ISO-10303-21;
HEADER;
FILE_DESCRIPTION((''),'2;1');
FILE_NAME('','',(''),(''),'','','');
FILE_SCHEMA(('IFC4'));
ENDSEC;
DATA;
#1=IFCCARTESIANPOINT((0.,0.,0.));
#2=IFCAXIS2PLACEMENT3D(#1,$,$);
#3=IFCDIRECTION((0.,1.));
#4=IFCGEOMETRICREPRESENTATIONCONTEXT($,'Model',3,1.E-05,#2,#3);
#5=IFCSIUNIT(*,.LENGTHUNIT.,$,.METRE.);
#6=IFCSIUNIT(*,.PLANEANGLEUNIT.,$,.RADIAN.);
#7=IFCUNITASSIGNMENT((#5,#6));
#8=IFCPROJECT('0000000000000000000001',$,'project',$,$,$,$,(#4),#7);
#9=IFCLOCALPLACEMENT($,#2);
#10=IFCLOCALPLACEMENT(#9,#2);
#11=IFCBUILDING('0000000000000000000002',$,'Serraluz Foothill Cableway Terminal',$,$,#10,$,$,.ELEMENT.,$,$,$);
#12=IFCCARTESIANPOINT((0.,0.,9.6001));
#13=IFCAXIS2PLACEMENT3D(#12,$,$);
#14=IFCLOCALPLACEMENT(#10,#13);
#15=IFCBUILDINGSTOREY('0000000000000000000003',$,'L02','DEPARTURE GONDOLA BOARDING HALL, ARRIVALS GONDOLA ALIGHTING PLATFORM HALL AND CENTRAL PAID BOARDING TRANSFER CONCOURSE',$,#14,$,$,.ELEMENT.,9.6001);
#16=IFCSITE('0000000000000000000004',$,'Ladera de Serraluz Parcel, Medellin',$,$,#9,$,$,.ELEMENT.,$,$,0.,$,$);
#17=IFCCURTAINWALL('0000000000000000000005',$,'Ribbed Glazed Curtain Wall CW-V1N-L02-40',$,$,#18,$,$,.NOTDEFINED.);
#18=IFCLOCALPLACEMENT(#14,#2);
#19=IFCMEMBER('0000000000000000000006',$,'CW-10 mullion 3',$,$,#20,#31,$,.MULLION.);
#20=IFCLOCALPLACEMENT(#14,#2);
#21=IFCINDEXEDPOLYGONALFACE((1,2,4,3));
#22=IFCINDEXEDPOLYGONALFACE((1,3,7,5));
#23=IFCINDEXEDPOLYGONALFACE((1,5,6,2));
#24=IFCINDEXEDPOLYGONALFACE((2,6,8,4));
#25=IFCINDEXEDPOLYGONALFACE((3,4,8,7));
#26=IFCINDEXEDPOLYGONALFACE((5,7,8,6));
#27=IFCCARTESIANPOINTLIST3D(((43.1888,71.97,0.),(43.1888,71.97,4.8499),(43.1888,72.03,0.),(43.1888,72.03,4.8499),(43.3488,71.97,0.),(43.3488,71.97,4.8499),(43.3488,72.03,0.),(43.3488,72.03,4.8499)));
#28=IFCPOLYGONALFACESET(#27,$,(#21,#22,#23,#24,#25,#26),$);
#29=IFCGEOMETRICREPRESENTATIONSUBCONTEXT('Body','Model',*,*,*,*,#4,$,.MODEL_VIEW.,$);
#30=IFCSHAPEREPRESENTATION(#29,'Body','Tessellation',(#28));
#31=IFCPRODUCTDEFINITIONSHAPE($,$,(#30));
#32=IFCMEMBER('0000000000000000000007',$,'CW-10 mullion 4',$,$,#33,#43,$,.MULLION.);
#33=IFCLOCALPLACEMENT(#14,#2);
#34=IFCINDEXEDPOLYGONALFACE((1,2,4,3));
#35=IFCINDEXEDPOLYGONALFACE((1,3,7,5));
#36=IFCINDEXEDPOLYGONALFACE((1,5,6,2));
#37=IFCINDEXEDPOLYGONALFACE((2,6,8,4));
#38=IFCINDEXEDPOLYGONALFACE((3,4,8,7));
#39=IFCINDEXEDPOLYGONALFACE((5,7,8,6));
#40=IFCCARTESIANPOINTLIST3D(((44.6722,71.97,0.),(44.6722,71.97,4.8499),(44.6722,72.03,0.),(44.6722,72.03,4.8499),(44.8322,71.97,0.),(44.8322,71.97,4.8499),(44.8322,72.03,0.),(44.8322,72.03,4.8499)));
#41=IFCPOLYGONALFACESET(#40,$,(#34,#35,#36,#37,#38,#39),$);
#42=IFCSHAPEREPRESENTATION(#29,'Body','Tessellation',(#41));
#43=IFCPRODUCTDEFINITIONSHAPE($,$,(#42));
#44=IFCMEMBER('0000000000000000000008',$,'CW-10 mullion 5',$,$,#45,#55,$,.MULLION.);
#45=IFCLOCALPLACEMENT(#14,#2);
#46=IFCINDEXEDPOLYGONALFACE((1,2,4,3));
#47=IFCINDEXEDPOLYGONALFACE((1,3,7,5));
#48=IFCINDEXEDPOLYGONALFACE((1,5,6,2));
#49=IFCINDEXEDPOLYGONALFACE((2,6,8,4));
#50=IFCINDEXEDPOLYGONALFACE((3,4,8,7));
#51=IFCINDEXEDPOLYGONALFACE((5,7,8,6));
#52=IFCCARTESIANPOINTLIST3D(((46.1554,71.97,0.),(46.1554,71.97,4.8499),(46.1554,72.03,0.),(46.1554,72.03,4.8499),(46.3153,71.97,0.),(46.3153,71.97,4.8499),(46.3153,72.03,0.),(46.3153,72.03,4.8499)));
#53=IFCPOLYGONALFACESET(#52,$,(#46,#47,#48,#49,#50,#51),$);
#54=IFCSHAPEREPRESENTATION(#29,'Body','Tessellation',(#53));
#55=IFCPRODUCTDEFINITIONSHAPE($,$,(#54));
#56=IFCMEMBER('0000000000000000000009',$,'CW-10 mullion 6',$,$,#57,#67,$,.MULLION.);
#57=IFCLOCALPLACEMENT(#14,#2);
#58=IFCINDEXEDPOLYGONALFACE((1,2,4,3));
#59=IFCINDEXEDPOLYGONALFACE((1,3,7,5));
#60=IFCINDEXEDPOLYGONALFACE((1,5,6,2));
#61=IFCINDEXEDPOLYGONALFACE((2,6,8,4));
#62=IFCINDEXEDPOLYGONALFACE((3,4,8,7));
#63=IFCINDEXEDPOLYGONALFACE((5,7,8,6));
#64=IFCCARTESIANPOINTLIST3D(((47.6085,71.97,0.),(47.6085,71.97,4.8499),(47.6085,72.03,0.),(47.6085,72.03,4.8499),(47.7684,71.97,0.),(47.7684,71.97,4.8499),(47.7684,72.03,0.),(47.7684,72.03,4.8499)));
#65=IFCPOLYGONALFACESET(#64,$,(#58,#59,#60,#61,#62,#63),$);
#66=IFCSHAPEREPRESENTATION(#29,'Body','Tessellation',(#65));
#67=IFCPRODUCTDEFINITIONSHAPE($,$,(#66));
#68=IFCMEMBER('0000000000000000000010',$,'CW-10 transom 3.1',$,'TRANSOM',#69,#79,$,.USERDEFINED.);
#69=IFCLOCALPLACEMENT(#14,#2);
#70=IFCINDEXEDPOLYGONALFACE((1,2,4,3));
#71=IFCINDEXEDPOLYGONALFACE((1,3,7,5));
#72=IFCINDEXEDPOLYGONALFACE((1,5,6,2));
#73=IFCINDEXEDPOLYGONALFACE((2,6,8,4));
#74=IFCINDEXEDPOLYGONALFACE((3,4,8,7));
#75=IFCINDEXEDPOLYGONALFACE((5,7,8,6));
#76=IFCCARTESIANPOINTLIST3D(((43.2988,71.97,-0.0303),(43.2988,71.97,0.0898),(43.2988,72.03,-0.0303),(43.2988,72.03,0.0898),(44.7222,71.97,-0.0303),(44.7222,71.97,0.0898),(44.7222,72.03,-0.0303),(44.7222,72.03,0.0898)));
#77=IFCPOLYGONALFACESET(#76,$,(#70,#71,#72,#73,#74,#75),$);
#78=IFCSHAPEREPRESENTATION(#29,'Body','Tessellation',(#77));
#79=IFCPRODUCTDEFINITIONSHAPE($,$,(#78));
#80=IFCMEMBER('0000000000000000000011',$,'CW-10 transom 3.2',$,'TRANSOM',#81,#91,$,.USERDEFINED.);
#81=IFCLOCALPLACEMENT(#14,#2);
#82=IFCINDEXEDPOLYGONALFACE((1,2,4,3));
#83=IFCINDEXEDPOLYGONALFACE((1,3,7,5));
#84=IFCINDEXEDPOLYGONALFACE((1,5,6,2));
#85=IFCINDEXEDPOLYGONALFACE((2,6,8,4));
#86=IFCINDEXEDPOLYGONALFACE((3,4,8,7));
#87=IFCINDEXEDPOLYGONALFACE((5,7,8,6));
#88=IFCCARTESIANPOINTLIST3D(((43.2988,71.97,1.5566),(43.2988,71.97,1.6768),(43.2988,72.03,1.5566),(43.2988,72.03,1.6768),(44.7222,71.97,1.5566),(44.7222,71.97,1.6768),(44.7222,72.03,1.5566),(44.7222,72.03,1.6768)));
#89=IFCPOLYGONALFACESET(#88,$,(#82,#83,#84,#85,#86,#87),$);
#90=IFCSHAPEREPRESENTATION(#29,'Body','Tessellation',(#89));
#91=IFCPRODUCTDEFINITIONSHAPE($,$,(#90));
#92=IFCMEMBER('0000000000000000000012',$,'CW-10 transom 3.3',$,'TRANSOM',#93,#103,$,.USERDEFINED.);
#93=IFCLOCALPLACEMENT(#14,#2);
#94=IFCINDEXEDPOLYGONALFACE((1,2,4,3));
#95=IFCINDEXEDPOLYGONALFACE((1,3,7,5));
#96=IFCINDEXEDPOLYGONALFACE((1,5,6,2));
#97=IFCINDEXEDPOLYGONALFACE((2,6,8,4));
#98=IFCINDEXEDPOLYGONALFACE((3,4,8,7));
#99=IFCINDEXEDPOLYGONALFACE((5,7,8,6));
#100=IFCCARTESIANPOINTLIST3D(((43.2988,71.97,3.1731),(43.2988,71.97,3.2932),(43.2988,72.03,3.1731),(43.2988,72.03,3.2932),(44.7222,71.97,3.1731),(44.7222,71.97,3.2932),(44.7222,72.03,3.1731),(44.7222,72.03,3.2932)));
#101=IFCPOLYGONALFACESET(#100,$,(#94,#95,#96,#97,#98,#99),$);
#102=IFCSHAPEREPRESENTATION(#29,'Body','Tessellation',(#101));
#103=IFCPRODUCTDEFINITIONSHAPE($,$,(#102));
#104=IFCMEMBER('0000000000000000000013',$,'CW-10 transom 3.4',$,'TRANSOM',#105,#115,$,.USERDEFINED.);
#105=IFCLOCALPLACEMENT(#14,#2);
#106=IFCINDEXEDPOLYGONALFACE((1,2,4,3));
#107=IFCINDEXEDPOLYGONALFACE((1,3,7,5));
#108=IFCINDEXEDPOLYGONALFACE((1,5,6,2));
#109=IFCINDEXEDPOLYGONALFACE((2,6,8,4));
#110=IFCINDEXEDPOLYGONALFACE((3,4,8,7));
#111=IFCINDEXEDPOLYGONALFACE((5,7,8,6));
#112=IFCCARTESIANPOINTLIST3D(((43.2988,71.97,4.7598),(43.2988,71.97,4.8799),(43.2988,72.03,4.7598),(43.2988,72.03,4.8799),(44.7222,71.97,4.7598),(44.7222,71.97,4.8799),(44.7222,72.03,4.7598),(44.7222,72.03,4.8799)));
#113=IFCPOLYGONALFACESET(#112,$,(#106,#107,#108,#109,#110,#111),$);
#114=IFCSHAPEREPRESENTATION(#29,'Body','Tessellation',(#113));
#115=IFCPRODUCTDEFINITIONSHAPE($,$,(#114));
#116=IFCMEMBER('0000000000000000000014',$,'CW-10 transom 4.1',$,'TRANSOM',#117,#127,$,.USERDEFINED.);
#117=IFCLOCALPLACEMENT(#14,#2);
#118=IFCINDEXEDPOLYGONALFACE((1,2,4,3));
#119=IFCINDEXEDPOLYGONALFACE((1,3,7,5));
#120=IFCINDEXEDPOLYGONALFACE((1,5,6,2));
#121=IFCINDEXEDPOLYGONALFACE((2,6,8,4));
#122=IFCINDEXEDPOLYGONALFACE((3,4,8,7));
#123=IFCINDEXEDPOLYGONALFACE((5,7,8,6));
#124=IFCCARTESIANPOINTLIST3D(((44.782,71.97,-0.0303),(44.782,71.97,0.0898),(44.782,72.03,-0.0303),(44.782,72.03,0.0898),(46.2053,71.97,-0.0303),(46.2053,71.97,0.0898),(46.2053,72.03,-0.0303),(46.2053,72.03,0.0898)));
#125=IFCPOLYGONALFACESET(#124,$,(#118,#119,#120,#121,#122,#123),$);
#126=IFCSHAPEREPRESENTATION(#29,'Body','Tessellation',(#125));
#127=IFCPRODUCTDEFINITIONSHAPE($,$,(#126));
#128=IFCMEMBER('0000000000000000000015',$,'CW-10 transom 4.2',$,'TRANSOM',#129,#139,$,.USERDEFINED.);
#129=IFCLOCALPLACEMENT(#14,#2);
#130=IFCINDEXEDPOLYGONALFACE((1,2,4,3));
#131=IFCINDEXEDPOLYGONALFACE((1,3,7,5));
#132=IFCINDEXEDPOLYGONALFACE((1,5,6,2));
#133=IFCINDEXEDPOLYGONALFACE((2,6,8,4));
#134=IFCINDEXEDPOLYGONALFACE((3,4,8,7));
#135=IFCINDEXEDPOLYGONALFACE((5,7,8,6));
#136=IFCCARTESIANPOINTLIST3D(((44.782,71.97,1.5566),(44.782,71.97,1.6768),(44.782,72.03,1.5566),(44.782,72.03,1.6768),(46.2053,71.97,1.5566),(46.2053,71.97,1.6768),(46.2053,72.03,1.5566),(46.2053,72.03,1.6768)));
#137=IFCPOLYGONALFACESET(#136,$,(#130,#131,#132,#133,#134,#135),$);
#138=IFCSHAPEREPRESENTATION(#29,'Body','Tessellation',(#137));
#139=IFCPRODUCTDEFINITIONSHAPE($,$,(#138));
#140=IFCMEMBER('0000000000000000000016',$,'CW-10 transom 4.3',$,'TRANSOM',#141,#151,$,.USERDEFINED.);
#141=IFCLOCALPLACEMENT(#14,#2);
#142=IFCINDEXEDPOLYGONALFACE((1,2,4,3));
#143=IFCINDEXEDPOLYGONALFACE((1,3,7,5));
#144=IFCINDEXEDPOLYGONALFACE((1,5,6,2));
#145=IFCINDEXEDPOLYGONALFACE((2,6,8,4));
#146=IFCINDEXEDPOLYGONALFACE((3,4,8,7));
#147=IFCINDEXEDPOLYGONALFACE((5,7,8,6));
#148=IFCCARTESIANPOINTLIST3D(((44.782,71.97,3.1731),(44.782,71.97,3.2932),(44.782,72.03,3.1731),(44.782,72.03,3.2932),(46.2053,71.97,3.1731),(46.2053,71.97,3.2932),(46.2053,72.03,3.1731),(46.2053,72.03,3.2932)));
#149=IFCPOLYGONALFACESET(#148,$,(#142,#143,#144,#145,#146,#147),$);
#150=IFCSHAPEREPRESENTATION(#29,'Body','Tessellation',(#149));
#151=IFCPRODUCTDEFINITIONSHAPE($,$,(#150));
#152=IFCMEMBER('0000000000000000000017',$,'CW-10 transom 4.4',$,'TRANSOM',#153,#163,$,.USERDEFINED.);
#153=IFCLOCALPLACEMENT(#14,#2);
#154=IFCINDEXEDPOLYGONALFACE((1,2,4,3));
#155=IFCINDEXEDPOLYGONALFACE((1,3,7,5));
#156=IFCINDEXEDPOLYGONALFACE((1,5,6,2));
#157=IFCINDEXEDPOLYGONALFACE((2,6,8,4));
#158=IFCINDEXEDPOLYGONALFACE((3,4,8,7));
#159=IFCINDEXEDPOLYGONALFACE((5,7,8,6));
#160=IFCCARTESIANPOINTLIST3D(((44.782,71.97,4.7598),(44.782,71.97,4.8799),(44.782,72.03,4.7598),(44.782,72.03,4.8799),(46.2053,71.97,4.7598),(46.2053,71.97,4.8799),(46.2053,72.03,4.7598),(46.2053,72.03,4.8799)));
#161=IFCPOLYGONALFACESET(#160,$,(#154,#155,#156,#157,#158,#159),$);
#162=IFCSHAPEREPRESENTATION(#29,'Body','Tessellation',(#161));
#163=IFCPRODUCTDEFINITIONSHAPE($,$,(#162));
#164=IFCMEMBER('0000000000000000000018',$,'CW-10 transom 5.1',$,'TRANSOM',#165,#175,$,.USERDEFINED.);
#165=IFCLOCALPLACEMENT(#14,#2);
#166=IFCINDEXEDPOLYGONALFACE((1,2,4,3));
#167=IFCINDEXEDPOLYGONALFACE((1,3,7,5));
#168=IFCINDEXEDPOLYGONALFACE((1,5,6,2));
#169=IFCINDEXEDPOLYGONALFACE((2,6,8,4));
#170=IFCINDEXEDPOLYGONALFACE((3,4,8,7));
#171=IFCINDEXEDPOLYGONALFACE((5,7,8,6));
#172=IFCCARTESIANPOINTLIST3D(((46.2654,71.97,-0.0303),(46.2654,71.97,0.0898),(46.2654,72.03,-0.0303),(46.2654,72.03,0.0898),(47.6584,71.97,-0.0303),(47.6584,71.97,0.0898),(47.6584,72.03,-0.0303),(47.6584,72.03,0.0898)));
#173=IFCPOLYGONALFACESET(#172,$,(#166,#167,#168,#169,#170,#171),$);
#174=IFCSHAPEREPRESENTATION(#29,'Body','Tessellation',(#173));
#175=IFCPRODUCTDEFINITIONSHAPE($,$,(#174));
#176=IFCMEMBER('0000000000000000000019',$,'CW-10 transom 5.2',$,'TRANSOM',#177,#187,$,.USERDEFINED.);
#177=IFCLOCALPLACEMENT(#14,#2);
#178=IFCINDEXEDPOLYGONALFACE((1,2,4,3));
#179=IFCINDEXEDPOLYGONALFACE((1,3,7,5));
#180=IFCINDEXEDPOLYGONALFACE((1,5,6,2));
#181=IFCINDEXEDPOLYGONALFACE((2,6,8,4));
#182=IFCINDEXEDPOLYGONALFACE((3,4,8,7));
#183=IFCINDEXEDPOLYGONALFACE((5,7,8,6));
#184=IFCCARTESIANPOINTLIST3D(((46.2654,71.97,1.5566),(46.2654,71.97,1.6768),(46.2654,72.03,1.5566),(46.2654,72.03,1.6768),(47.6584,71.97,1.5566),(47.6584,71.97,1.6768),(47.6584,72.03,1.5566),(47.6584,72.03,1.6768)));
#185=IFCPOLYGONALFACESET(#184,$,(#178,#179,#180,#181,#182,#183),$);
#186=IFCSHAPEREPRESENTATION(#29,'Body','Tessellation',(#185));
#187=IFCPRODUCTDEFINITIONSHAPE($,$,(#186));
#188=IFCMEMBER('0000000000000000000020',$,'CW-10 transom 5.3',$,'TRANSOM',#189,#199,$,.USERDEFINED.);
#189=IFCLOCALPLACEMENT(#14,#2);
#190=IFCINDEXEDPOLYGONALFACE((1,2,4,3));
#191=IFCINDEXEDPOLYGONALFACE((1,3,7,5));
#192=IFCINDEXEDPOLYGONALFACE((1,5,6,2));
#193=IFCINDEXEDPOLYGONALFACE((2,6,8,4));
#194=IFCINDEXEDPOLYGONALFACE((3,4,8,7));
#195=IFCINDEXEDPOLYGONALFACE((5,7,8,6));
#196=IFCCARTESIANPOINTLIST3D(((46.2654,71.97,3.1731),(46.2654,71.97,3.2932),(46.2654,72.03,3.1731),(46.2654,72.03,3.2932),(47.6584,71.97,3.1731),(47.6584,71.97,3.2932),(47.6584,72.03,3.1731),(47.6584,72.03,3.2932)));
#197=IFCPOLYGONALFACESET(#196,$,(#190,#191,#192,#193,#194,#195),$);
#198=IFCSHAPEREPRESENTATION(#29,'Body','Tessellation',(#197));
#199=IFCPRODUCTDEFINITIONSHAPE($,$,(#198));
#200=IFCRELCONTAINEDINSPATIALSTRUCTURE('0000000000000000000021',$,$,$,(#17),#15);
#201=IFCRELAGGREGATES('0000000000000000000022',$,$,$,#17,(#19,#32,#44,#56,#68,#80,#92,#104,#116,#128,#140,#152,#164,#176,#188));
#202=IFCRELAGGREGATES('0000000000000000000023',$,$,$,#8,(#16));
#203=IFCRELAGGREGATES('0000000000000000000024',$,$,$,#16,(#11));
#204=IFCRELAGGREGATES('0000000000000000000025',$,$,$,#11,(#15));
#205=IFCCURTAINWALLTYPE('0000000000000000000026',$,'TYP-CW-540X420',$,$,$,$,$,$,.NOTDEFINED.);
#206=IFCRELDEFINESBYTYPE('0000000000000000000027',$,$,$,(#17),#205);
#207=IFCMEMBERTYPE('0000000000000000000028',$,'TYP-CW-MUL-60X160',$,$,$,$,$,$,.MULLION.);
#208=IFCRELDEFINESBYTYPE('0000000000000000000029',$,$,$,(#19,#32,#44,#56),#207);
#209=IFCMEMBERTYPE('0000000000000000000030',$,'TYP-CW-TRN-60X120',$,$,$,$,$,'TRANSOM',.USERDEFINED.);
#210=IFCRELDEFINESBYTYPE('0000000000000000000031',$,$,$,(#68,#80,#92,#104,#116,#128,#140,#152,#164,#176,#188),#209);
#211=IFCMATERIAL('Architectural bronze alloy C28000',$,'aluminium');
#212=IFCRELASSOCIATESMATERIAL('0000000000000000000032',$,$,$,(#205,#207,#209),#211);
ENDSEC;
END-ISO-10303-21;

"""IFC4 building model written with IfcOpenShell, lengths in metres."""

from ifc_helpers import new_model, si_unit, direction, frame, origin, origin_2d, place, context, subcontext, project, spatial, rectangle, extrude, material, material_profile, profile_set, type_object, element, aggregate, save


model = new_model("IFC4")

# Units and contexts
model_context = context("Model", 3, precision=1e-05, world=origin(), true_north=direction((0.0, 1.0)))
body_context = subcontext(model_context, "Body", "Model", "MODEL_VIEW")
ifc_project = project(units=[si_unit("LENGTHUNIT", "METRE"), si_unit("PLANEANGLEUNIT", "RADIAN")], contexts=[model_context])

# Site, building, storey
site_placement = place(None, origin())
site = spatial("IfcSite", under=ifc_project, at=site_placement, Name="Ladera de Serraluz Parcel, Medellin", CompositionType="ELEMENT", RefElevation=0.0)
building_placement = place(site_placement, origin())
building = spatial("IfcBuilding", under=site, at=building_placement, Name="Serraluz Foothill Cableway Terminal", CompositionType="ELEMENT")
storey_placement = place(building_placement, frame((0.0, 0.0, 9.6001)))
storey = spatial("IfcBuildingStorey", under=building, at=storey_placement, Name="L02", Description="DEPARTURE GONDOLA BOARDING HALL, ARRIVALS GONDOLA ALIGHTING PLATFORM HALL AND CENTRAL PAID BOARDING TRANSFER CONCOURSE", CompositionType="ELEMENT", Elevation=9.6001)

# Curtain wall, members
ifc_material_1 = material(Name="Architectural bronze alloy C28000", Category="aluminium")
curtain_wall_type = type_object("IfcCurtainWallType", Name="TYP-CW-540X420", PredefinedType="NOTDEFINED", material=ifc_material_1)
curtain_wall_placement = place(storey_placement, origin())
curtain_wall = element("IfcCurtainWall", 1, at=curtain_wall_placement, inside=storey, type_object=curtain_wall_type, Name="Ribbed Glazed Curtain Wall CW-V1N-L02-40", PredefinedType="NOTDEFINED")
ifc_material_profile_1 = material_profile(ifc_material_1, rectangle(XDim=0.0601, YDim=0.1599, at=origin_2d()), Name="ALU MULLION 60x160")
ifc_profile_set_1 = profile_set([ifc_material_profile_1], Name="Architectural bronze alloy C28000")
member_type_1 = type_object("IfcMemberType", Name="TYP-CW-MUL-60X160", PredefinedType="MULLION", material=ifc_profile_set_1)
member_1_placement = place(storey_placement, frame((43.2688, 72.0, 0.0), z_axis=(0.0, 0.0, 1.0), x_axis=(0.0, 1.0, 0.0)))
member_1 = element("IfcMember", 2, at=member_1_placement, type_object=member_type_1, Name="CW-10 mullion 3", PredefinedType="MULLION", context=body_context, shape_type="SweptSolid", body=[
    extrude(rectangle(XDim=0.0601, YDim=0.1599, at=origin_2d()), origin(), (0.0, 0.0, 1.0), 4.8499),
])
member_2_placement = place(storey_placement, frame((44.7522, 72.0, 0.0), z_axis=(0.0, 0.0, 1.0), x_axis=(0.0, 1.0, 0.0)))
member_2 = element("IfcMember", 3, at=member_2_placement, type_object=member_type_1, Name="CW-10 mullion 4", PredefinedType="MULLION", context=body_context, shape_type="SweptSolid", body=[
    extrude(rectangle(XDim=0.0601, YDim=0.1599, at=origin_2d()), origin(), (0.0, 0.0, 1.0), 4.8499),
])
member_3_placement = place(storey_placement, frame((46.2354, 72.0, 0.0), z_axis=(0.0, 0.0, 1.0), x_axis=(0.0, 1.0, 0.0)))
member_3 = element("IfcMember", 4, at=member_3_placement, type_object=member_type_1, Name="CW-10 mullion 5", PredefinedType="MULLION", context=body_context, shape_type="SweptSolid", body=[
    extrude(rectangle(XDim=0.0601, YDim=0.1599, at=origin_2d()), origin(), (0.0, 0.0, 1.0), 4.8499),
])
member_4_placement = place(storey_placement, frame((47.6885, 72.0, 0.0), z_axis=(0.0, 0.0, 1.0), x_axis=(0.0, 1.0, 0.0)))
member_4 = element("IfcMember", 5, at=member_4_placement, type_object=member_type_1, Name="CW-10 mullion 6", PredefinedType="MULLION", context=body_context, shape_type="SweptSolid", body=[
    extrude(rectangle(XDim=0.0601, YDim=0.1599, at=origin_2d()), origin(), (0.0, 0.0, 1.0), 4.8499),
])
ifc_material_profile_2 = material_profile(ifc_material_1, rectangle(XDim=0.0601, YDim=0.1201, at=origin_2d()), Name="ALU TRANSOM 60x120")
ifc_profile_set_2 = profile_set([ifc_material_profile_2], Name="Architectural bronze alloy C28000")
member_type_2 = type_object("IfcMemberType", Name="TYP-CW-TRN-60X120", ElementType="TRANSOM", PredefinedType="USERDEFINED", material=ifc_profile_set_2)
member_5_placement = place(storey_placement, frame((43.2988, 72.0, 0.0298), z_axis=(1.0, 0.0, 0.0), x_axis=(0.0, 1.0, 0.0)))
member_5 = element("IfcMember", 6, at=member_5_placement, type_object=member_type_2, Name="CW-10 transom 3.1", ObjectType="TRANSOM", PredefinedType="USERDEFINED", context=body_context, shape_type="SweptSolid", body=[
    extrude(rectangle(XDim=0.0601, YDim=0.1201, at=origin_2d()), origin(), (0.0, 0.0, 1.0), 1.4233),
])
member_6_placement = place(storey_placement, frame((43.2988, 72.0, 1.6167), z_axis=(1.0, 0.0, 0.0), x_axis=(0.0, 1.0, 0.0)))
member_6 = element("IfcMember", 7, at=member_6_placement, type_object=member_type_2, Name="CW-10 transom 3.2", ObjectType="TRANSOM", PredefinedType="USERDEFINED", context=body_context, shape_type="SweptSolid", body=[
    extrude(rectangle(XDim=0.0601, YDim=0.1201, at=origin_2d()), origin(), (0.0, 0.0, 1.0), 1.4233),
])
member_7_placement = place(storey_placement, frame((43.2988, 72.0, 3.2332), z_axis=(1.0, 0.0, 0.0), x_axis=(0.0, 1.0, 0.0)))
member_7 = element("IfcMember", 8, at=member_7_placement, type_object=member_type_2, Name="CW-10 transom 3.3", ObjectType="TRANSOM", PredefinedType="USERDEFINED", context=body_context, shape_type="SweptSolid", body=[
    extrude(rectangle(XDim=0.0601, YDim=0.1201, at=origin_2d()), origin(), (0.0, 0.0, 1.0), 1.4233),
])
member_8_placement = place(storey_placement, frame((43.2988, 72.0, 4.8198), z_axis=(1.0, 0.0, 0.0), x_axis=(0.0, 1.0, 0.0)))
member_8 = element("IfcMember", 9, at=member_8_placement, type_object=member_type_2, Name="CW-10 transom 3.4", ObjectType="TRANSOM", PredefinedType="USERDEFINED", context=body_context, shape_type="SweptSolid", body=[
    extrude(rectangle(XDim=0.0601, YDim=0.1201, at=origin_2d()), origin(), (0.0, 0.0, 1.0), 1.4233),
])
member_9_placement = place(storey_placement, frame((44.782, 72.0, 0.0298), z_axis=(1.0, 0.0, 0.0), x_axis=(0.0, 1.0, 0.0)))
member_9 = element("IfcMember", 10, at=member_9_placement, type_object=member_type_2, Name="CW-10 transom 4.1", ObjectType="TRANSOM", PredefinedType="USERDEFINED", context=body_context, shape_type="SweptSolid", body=[
    extrude(rectangle(XDim=0.0601, YDim=0.1201, at=origin_2d()), origin(), (0.0, 0.0, 1.0), 1.4233),
])
member_10_placement = place(storey_placement, frame((44.782, 72.0, 1.6167), z_axis=(1.0, 0.0, 0.0), x_axis=(0.0, 1.0, 0.0)))
member_10 = element("IfcMember", 11, at=member_10_placement, type_object=member_type_2, Name="CW-10 transom 4.2", ObjectType="TRANSOM", PredefinedType="USERDEFINED", context=body_context, shape_type="SweptSolid", body=[
    extrude(rectangle(XDim=0.0601, YDim=0.1201, at=origin_2d()), origin(), (0.0, 0.0, 1.0), 1.4233),
])
member_11_placement = place(storey_placement, frame((44.782, 72.0, 3.2332), z_axis=(1.0, 0.0, 0.0), x_axis=(0.0, 1.0, 0.0)))
member_11 = element("IfcMember", 12, at=member_11_placement, type_object=member_type_2, Name="CW-10 transom 4.3", ObjectType="TRANSOM", PredefinedType="USERDEFINED", context=body_context, shape_type="SweptSolid", body=[
    extrude(rectangle(XDim=0.0601, YDim=0.1201, at=origin_2d()), origin(), (0.0, 0.0, 1.0), 1.4233),
])
member_12_placement = place(storey_placement, frame((44.782, 72.0, 4.8198), z_axis=(1.0, 0.0, 0.0), x_axis=(0.0, 1.0, 0.0)))
member_12 = element("IfcMember", 13, at=member_12_placement, type_object=member_type_2, Name="CW-10 transom 4.4", ObjectType="TRANSOM", PredefinedType="USERDEFINED", context=body_context, shape_type="SweptSolid", body=[
    extrude(rectangle(XDim=0.0601, YDim=0.1201, at=origin_2d()), origin(), (0.0, 0.0, 1.0), 1.4233),
])
member_13_placement = place(storey_placement, frame((46.2654, 72.0, 0.0298), z_axis=(1.0, 0.0, 0.0), x_axis=(0.0, 1.0, 0.0)))
member_13 = element("IfcMember", 14, at=member_13_placement, type_object=member_type_2, Name="CW-10 transom 5.1", ObjectType="TRANSOM", PredefinedType="USERDEFINED", context=body_context, shape_type="SweptSolid", body=[
    extrude(rectangle(XDim=0.0601, YDim=0.1201, at=origin_2d()), origin(), (0.0, 0.0, 1.0), 1.3931),
])
member_14_placement = place(storey_placement, frame((46.2654, 72.0, 1.6167), z_axis=(1.0, 0.0, 0.0), x_axis=(0.0, 1.0, 0.0)))
member_14 = element("IfcMember", 15, at=member_14_placement, type_object=member_type_2, Name="CW-10 transom 5.2", ObjectType="TRANSOM", PredefinedType="USERDEFINED", context=body_context, shape_type="SweptSolid", body=[
    extrude(rectangle(XDim=0.0601, YDim=0.1201, at=origin_2d()), origin(), (0.0, 0.0, 1.0), 1.3931),
])
member_15_placement = place(storey_placement, frame((46.2654, 72.0, 3.2332), z_axis=(1.0, 0.0, 0.0), x_axis=(0.0, 1.0, 0.0)))
member_15 = element("IfcMember", 16, at=member_15_placement, type_object=member_type_2, Name="CW-10 transom 5.3", ObjectType="TRANSOM", PredefinedType="USERDEFINED", context=body_context, shape_type="SweptSolid", body=[
    extrude(rectangle(XDim=0.0601, YDim=0.1201, at=origin_2d()), origin(), (0.0, 0.0, 1.0), 1.3931),
])
aggregate(curtain_wall, [member_1, member_2, member_3, member_4, member_5, member_6, member_7, member_8, member_9, member_10, member_11, member_12, member_13, member_14, member_15])

save(model, "model.ifc")
